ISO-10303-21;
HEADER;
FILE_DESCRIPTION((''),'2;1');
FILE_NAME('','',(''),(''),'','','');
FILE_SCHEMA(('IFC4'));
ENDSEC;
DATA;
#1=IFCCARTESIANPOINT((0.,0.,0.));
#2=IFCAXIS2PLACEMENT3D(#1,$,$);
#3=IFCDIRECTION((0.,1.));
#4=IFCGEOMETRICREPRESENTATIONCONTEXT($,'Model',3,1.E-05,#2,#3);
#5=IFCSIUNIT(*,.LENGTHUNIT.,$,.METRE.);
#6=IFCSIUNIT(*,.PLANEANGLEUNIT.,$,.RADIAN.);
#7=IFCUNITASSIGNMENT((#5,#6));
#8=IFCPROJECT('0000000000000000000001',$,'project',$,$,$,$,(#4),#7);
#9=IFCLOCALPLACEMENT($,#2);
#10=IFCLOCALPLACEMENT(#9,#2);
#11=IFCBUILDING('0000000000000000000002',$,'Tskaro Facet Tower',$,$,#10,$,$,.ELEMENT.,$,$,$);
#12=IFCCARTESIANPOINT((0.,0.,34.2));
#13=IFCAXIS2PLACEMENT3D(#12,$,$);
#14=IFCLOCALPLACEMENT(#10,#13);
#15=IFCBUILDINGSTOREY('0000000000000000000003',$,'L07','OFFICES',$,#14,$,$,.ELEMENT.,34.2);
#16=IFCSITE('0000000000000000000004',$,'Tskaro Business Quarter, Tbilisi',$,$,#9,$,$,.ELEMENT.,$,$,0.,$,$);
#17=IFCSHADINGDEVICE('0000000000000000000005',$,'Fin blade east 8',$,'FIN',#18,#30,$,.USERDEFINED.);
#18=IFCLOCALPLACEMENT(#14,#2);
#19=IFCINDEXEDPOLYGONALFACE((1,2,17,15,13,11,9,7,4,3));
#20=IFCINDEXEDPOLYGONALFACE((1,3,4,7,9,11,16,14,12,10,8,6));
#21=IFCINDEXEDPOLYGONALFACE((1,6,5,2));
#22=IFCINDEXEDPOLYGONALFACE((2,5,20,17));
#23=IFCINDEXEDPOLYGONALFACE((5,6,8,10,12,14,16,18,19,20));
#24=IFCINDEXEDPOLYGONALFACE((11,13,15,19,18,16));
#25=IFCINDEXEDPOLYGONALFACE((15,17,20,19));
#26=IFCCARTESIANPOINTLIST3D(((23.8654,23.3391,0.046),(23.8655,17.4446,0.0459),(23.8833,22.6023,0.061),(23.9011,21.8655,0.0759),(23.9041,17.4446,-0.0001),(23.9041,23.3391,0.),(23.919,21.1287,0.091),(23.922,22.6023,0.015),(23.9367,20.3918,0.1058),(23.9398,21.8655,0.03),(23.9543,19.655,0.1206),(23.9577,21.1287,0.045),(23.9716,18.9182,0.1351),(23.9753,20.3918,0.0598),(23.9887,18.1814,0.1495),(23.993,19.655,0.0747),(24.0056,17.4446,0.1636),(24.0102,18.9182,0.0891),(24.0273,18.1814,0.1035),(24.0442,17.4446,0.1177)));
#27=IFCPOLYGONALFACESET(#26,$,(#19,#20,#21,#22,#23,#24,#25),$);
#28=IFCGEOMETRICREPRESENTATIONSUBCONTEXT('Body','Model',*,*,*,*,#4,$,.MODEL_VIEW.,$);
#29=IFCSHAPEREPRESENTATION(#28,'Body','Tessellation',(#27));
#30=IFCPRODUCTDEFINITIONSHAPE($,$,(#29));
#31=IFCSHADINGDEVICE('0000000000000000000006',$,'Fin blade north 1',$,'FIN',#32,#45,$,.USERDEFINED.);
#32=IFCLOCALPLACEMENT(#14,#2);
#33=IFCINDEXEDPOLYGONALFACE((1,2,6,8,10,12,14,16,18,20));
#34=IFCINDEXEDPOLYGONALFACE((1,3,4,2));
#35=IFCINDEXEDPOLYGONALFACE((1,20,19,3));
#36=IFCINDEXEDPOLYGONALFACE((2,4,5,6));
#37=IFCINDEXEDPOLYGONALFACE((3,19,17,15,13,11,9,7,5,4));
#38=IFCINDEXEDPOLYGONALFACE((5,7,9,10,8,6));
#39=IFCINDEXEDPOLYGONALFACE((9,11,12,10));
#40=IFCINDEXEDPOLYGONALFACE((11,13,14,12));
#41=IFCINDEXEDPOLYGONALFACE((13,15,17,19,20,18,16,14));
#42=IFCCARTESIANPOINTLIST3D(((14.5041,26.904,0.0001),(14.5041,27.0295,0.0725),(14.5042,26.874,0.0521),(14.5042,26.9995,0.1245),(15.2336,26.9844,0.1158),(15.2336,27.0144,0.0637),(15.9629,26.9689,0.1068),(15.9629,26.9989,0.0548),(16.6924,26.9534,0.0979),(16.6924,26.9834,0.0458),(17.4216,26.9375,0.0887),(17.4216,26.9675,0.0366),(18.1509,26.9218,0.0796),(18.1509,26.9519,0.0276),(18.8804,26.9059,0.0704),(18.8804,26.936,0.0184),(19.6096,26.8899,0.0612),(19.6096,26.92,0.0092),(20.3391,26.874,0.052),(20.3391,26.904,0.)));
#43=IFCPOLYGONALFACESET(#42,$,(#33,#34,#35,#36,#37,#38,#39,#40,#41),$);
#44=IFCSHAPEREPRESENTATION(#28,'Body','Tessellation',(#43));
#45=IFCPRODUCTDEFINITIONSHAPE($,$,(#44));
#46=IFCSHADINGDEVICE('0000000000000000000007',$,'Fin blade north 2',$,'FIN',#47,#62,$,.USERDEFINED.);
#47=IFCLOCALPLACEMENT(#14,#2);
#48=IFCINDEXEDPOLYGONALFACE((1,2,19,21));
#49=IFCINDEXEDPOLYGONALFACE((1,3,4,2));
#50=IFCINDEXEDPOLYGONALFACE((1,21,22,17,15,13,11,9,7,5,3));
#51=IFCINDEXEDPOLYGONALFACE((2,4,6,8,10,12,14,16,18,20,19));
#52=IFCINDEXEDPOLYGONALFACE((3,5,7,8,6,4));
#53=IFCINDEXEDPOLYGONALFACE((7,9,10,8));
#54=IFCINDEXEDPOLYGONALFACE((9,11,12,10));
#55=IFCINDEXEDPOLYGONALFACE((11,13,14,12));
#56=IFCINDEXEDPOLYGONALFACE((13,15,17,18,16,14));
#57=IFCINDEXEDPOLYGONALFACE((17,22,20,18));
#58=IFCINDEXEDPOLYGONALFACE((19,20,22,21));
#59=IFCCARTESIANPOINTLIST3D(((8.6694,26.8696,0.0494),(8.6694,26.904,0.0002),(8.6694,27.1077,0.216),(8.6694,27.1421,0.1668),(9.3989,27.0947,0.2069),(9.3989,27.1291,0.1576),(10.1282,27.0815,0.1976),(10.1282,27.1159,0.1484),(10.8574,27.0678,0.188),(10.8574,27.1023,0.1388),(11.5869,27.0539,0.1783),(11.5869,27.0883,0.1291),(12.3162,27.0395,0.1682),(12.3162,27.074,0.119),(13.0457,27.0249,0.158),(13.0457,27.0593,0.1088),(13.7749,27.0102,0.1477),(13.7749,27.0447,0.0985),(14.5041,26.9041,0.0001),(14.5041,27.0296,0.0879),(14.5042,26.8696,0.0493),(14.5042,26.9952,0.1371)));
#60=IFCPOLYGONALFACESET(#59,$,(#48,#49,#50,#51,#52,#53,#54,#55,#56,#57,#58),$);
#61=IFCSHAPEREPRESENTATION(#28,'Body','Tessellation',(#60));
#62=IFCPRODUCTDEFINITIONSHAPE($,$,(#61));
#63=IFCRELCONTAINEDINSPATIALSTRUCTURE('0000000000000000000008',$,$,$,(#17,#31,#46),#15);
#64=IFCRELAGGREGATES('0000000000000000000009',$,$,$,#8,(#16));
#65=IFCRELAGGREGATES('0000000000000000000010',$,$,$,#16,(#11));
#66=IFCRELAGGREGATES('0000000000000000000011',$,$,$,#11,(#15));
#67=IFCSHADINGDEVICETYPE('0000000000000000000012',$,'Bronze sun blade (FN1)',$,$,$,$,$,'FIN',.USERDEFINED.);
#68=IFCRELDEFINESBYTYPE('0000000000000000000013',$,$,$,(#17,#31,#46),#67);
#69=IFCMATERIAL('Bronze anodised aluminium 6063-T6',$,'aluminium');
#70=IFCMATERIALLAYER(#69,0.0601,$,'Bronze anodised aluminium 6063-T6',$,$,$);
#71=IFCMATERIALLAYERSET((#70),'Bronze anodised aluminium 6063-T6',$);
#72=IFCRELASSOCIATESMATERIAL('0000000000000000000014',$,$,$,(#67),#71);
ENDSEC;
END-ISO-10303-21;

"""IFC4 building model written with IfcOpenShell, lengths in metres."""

from ifc_helpers import new_model, si_unit, direction, frame, origin, place, context, subcontext, project, spatial, polyline, outline, extrude, material, layer, layer_set, type_object, element, save


model = new_model("IFC4")

# Units and contexts
model_context = context("Model", 3, precision=1e-05, world=origin(), true_north=direction((0.0, 1.0)))
body_context = subcontext(model_context, "Body", "Model", "MODEL_VIEW")
ifc_project = project(units=[si_unit("LENGTHUNIT", "METRE"), si_unit("PLANEANGLEUNIT", "RADIAN")], contexts=[model_context])

# Site, building, storey
site_placement = place(None, origin())
site = spatial("IfcSite", under=ifc_project, at=site_placement, Name="Tskaro Business Quarter, Tbilisi", CompositionType="ELEMENT", RefElevation=0.0)
building_placement = place(site_placement, origin())
building = spatial("IfcBuilding", under=site, at=building_placement, Name="Tskaro Facet Tower", CompositionType="ELEMENT")
storey_placement = place(building_placement, frame((0.0, 0.0, 34.2)))
storey = spatial("IfcBuildingStorey", under=building, at=storey_placement, Name="L07", Description="OFFICES", CompositionType="ELEMENT", Elevation=34.2)

# Shared definitions
ifc_material_1 = material(Name="Bronze anodised aluminium 6063-T6", Category="aluminium")

# Shading devices
ifc_layer_1 = layer(ifc_material_1, 0.0601, Name="Bronze anodised aluminium 6063-T6")
ifc_layer_set_1 = layer_set([ifc_layer_1], Name="Bronze anodised aluminium 6063-T6")
shading_device_type = type_object("IfcShadingDeviceType", Name="Bronze sun blade (FN1)", ElementType="FIN", PredefinedType="USERDEFINED", material=ifc_layer_set_1)
shading_device_1_placement = place(storey_placement, frame((23.8655, 17.4446, 0.0459), z_axis=(-0.643455, -0.000016, 0.765484), x_axis=(-0.00001, 1.0, 0.000012)))
element("IfcShadingDevice", 1, at=shading_device_1_placement, inside=storey, type_object=shading_device_type, Name="Fin blade east 8", ObjectType="FIN", PredefinedType="USERDEFINED", context=body_context, shape_type="SweptSolid", body=[
    extrude(outline(polyline([(0.0, 0.0), (5.8945, 0.0), (5.1577, -0.0234), (4.4209, -0.0466), (3.6841, -0.07), (2.9473, -0.0931), (2.2104, -0.1161), (1.4736, -0.1386), (0.7368, -0.161), (0.0, -0.183), (0.0, 0.0)])), origin(), (0.0, 0.0, -1.0), 0.0601),
])
shading_device_2_placement = place(storey_placement, frame((20.3391, 26.874, 0.052), z_axis=(0.000013, -0.499843, 0.866116), x_axis=(-1.0, -0.000007, 0.000011)))
element("IfcShadingDevice", 2, at=shading_device_2_placement, inside=storey, type_object=shading_device_type, Name="Fin blade north 1", ObjectType="FIN", PredefinedType="USERDEFINED", context=body_context, shape_type="SweptSolid", body=[
    extrude(outline(polyline([(0.0, 0.0), (5.835, 0.0), (5.835, -0.1449), (5.1055, -0.1274), (4.3762, -0.1096), (3.6467, -0.0917), (2.9175, -0.0733), (2.1882, -0.0552), (1.4587, -0.0369), (0.7295, -0.0184), (0.0, 0.0)])), origin(), (0.0, 0.0, -1.0), 0.0601),
])
shading_device_3_placement = place(storey_placement, frame((14.5042, 26.8696, 0.0493), z_axis=(0.000014, -0.573266, 0.81937), x_axis=(-1.0, -0.000008, 0.000012)))
element("IfcShadingDevice", 3, at=shading_device_3_placement, inside=storey, type_object=shading_device_type, Name="Fin blade north 2", ObjectType="FIN", PredefinedType="USERDEFINED", context=body_context, shape_type="SweptSolid", body=[
    extrude(outline(polyline([(0.0, 0.0), (5.8347, 0.0), (5.8347, -0.2906), (5.1052, -0.2747), (4.376, -0.2586), (3.6467, -0.2419), (2.9172, -0.2249), (2.188, -0.2074), (1.4585, -0.1895), (0.7292, -0.1716), (0.0, -0.1532), (0.0, 0.0)])), origin(), (0.0, 0.0, -1.0), 0.0601),
])

save(model, "model.ifc")
